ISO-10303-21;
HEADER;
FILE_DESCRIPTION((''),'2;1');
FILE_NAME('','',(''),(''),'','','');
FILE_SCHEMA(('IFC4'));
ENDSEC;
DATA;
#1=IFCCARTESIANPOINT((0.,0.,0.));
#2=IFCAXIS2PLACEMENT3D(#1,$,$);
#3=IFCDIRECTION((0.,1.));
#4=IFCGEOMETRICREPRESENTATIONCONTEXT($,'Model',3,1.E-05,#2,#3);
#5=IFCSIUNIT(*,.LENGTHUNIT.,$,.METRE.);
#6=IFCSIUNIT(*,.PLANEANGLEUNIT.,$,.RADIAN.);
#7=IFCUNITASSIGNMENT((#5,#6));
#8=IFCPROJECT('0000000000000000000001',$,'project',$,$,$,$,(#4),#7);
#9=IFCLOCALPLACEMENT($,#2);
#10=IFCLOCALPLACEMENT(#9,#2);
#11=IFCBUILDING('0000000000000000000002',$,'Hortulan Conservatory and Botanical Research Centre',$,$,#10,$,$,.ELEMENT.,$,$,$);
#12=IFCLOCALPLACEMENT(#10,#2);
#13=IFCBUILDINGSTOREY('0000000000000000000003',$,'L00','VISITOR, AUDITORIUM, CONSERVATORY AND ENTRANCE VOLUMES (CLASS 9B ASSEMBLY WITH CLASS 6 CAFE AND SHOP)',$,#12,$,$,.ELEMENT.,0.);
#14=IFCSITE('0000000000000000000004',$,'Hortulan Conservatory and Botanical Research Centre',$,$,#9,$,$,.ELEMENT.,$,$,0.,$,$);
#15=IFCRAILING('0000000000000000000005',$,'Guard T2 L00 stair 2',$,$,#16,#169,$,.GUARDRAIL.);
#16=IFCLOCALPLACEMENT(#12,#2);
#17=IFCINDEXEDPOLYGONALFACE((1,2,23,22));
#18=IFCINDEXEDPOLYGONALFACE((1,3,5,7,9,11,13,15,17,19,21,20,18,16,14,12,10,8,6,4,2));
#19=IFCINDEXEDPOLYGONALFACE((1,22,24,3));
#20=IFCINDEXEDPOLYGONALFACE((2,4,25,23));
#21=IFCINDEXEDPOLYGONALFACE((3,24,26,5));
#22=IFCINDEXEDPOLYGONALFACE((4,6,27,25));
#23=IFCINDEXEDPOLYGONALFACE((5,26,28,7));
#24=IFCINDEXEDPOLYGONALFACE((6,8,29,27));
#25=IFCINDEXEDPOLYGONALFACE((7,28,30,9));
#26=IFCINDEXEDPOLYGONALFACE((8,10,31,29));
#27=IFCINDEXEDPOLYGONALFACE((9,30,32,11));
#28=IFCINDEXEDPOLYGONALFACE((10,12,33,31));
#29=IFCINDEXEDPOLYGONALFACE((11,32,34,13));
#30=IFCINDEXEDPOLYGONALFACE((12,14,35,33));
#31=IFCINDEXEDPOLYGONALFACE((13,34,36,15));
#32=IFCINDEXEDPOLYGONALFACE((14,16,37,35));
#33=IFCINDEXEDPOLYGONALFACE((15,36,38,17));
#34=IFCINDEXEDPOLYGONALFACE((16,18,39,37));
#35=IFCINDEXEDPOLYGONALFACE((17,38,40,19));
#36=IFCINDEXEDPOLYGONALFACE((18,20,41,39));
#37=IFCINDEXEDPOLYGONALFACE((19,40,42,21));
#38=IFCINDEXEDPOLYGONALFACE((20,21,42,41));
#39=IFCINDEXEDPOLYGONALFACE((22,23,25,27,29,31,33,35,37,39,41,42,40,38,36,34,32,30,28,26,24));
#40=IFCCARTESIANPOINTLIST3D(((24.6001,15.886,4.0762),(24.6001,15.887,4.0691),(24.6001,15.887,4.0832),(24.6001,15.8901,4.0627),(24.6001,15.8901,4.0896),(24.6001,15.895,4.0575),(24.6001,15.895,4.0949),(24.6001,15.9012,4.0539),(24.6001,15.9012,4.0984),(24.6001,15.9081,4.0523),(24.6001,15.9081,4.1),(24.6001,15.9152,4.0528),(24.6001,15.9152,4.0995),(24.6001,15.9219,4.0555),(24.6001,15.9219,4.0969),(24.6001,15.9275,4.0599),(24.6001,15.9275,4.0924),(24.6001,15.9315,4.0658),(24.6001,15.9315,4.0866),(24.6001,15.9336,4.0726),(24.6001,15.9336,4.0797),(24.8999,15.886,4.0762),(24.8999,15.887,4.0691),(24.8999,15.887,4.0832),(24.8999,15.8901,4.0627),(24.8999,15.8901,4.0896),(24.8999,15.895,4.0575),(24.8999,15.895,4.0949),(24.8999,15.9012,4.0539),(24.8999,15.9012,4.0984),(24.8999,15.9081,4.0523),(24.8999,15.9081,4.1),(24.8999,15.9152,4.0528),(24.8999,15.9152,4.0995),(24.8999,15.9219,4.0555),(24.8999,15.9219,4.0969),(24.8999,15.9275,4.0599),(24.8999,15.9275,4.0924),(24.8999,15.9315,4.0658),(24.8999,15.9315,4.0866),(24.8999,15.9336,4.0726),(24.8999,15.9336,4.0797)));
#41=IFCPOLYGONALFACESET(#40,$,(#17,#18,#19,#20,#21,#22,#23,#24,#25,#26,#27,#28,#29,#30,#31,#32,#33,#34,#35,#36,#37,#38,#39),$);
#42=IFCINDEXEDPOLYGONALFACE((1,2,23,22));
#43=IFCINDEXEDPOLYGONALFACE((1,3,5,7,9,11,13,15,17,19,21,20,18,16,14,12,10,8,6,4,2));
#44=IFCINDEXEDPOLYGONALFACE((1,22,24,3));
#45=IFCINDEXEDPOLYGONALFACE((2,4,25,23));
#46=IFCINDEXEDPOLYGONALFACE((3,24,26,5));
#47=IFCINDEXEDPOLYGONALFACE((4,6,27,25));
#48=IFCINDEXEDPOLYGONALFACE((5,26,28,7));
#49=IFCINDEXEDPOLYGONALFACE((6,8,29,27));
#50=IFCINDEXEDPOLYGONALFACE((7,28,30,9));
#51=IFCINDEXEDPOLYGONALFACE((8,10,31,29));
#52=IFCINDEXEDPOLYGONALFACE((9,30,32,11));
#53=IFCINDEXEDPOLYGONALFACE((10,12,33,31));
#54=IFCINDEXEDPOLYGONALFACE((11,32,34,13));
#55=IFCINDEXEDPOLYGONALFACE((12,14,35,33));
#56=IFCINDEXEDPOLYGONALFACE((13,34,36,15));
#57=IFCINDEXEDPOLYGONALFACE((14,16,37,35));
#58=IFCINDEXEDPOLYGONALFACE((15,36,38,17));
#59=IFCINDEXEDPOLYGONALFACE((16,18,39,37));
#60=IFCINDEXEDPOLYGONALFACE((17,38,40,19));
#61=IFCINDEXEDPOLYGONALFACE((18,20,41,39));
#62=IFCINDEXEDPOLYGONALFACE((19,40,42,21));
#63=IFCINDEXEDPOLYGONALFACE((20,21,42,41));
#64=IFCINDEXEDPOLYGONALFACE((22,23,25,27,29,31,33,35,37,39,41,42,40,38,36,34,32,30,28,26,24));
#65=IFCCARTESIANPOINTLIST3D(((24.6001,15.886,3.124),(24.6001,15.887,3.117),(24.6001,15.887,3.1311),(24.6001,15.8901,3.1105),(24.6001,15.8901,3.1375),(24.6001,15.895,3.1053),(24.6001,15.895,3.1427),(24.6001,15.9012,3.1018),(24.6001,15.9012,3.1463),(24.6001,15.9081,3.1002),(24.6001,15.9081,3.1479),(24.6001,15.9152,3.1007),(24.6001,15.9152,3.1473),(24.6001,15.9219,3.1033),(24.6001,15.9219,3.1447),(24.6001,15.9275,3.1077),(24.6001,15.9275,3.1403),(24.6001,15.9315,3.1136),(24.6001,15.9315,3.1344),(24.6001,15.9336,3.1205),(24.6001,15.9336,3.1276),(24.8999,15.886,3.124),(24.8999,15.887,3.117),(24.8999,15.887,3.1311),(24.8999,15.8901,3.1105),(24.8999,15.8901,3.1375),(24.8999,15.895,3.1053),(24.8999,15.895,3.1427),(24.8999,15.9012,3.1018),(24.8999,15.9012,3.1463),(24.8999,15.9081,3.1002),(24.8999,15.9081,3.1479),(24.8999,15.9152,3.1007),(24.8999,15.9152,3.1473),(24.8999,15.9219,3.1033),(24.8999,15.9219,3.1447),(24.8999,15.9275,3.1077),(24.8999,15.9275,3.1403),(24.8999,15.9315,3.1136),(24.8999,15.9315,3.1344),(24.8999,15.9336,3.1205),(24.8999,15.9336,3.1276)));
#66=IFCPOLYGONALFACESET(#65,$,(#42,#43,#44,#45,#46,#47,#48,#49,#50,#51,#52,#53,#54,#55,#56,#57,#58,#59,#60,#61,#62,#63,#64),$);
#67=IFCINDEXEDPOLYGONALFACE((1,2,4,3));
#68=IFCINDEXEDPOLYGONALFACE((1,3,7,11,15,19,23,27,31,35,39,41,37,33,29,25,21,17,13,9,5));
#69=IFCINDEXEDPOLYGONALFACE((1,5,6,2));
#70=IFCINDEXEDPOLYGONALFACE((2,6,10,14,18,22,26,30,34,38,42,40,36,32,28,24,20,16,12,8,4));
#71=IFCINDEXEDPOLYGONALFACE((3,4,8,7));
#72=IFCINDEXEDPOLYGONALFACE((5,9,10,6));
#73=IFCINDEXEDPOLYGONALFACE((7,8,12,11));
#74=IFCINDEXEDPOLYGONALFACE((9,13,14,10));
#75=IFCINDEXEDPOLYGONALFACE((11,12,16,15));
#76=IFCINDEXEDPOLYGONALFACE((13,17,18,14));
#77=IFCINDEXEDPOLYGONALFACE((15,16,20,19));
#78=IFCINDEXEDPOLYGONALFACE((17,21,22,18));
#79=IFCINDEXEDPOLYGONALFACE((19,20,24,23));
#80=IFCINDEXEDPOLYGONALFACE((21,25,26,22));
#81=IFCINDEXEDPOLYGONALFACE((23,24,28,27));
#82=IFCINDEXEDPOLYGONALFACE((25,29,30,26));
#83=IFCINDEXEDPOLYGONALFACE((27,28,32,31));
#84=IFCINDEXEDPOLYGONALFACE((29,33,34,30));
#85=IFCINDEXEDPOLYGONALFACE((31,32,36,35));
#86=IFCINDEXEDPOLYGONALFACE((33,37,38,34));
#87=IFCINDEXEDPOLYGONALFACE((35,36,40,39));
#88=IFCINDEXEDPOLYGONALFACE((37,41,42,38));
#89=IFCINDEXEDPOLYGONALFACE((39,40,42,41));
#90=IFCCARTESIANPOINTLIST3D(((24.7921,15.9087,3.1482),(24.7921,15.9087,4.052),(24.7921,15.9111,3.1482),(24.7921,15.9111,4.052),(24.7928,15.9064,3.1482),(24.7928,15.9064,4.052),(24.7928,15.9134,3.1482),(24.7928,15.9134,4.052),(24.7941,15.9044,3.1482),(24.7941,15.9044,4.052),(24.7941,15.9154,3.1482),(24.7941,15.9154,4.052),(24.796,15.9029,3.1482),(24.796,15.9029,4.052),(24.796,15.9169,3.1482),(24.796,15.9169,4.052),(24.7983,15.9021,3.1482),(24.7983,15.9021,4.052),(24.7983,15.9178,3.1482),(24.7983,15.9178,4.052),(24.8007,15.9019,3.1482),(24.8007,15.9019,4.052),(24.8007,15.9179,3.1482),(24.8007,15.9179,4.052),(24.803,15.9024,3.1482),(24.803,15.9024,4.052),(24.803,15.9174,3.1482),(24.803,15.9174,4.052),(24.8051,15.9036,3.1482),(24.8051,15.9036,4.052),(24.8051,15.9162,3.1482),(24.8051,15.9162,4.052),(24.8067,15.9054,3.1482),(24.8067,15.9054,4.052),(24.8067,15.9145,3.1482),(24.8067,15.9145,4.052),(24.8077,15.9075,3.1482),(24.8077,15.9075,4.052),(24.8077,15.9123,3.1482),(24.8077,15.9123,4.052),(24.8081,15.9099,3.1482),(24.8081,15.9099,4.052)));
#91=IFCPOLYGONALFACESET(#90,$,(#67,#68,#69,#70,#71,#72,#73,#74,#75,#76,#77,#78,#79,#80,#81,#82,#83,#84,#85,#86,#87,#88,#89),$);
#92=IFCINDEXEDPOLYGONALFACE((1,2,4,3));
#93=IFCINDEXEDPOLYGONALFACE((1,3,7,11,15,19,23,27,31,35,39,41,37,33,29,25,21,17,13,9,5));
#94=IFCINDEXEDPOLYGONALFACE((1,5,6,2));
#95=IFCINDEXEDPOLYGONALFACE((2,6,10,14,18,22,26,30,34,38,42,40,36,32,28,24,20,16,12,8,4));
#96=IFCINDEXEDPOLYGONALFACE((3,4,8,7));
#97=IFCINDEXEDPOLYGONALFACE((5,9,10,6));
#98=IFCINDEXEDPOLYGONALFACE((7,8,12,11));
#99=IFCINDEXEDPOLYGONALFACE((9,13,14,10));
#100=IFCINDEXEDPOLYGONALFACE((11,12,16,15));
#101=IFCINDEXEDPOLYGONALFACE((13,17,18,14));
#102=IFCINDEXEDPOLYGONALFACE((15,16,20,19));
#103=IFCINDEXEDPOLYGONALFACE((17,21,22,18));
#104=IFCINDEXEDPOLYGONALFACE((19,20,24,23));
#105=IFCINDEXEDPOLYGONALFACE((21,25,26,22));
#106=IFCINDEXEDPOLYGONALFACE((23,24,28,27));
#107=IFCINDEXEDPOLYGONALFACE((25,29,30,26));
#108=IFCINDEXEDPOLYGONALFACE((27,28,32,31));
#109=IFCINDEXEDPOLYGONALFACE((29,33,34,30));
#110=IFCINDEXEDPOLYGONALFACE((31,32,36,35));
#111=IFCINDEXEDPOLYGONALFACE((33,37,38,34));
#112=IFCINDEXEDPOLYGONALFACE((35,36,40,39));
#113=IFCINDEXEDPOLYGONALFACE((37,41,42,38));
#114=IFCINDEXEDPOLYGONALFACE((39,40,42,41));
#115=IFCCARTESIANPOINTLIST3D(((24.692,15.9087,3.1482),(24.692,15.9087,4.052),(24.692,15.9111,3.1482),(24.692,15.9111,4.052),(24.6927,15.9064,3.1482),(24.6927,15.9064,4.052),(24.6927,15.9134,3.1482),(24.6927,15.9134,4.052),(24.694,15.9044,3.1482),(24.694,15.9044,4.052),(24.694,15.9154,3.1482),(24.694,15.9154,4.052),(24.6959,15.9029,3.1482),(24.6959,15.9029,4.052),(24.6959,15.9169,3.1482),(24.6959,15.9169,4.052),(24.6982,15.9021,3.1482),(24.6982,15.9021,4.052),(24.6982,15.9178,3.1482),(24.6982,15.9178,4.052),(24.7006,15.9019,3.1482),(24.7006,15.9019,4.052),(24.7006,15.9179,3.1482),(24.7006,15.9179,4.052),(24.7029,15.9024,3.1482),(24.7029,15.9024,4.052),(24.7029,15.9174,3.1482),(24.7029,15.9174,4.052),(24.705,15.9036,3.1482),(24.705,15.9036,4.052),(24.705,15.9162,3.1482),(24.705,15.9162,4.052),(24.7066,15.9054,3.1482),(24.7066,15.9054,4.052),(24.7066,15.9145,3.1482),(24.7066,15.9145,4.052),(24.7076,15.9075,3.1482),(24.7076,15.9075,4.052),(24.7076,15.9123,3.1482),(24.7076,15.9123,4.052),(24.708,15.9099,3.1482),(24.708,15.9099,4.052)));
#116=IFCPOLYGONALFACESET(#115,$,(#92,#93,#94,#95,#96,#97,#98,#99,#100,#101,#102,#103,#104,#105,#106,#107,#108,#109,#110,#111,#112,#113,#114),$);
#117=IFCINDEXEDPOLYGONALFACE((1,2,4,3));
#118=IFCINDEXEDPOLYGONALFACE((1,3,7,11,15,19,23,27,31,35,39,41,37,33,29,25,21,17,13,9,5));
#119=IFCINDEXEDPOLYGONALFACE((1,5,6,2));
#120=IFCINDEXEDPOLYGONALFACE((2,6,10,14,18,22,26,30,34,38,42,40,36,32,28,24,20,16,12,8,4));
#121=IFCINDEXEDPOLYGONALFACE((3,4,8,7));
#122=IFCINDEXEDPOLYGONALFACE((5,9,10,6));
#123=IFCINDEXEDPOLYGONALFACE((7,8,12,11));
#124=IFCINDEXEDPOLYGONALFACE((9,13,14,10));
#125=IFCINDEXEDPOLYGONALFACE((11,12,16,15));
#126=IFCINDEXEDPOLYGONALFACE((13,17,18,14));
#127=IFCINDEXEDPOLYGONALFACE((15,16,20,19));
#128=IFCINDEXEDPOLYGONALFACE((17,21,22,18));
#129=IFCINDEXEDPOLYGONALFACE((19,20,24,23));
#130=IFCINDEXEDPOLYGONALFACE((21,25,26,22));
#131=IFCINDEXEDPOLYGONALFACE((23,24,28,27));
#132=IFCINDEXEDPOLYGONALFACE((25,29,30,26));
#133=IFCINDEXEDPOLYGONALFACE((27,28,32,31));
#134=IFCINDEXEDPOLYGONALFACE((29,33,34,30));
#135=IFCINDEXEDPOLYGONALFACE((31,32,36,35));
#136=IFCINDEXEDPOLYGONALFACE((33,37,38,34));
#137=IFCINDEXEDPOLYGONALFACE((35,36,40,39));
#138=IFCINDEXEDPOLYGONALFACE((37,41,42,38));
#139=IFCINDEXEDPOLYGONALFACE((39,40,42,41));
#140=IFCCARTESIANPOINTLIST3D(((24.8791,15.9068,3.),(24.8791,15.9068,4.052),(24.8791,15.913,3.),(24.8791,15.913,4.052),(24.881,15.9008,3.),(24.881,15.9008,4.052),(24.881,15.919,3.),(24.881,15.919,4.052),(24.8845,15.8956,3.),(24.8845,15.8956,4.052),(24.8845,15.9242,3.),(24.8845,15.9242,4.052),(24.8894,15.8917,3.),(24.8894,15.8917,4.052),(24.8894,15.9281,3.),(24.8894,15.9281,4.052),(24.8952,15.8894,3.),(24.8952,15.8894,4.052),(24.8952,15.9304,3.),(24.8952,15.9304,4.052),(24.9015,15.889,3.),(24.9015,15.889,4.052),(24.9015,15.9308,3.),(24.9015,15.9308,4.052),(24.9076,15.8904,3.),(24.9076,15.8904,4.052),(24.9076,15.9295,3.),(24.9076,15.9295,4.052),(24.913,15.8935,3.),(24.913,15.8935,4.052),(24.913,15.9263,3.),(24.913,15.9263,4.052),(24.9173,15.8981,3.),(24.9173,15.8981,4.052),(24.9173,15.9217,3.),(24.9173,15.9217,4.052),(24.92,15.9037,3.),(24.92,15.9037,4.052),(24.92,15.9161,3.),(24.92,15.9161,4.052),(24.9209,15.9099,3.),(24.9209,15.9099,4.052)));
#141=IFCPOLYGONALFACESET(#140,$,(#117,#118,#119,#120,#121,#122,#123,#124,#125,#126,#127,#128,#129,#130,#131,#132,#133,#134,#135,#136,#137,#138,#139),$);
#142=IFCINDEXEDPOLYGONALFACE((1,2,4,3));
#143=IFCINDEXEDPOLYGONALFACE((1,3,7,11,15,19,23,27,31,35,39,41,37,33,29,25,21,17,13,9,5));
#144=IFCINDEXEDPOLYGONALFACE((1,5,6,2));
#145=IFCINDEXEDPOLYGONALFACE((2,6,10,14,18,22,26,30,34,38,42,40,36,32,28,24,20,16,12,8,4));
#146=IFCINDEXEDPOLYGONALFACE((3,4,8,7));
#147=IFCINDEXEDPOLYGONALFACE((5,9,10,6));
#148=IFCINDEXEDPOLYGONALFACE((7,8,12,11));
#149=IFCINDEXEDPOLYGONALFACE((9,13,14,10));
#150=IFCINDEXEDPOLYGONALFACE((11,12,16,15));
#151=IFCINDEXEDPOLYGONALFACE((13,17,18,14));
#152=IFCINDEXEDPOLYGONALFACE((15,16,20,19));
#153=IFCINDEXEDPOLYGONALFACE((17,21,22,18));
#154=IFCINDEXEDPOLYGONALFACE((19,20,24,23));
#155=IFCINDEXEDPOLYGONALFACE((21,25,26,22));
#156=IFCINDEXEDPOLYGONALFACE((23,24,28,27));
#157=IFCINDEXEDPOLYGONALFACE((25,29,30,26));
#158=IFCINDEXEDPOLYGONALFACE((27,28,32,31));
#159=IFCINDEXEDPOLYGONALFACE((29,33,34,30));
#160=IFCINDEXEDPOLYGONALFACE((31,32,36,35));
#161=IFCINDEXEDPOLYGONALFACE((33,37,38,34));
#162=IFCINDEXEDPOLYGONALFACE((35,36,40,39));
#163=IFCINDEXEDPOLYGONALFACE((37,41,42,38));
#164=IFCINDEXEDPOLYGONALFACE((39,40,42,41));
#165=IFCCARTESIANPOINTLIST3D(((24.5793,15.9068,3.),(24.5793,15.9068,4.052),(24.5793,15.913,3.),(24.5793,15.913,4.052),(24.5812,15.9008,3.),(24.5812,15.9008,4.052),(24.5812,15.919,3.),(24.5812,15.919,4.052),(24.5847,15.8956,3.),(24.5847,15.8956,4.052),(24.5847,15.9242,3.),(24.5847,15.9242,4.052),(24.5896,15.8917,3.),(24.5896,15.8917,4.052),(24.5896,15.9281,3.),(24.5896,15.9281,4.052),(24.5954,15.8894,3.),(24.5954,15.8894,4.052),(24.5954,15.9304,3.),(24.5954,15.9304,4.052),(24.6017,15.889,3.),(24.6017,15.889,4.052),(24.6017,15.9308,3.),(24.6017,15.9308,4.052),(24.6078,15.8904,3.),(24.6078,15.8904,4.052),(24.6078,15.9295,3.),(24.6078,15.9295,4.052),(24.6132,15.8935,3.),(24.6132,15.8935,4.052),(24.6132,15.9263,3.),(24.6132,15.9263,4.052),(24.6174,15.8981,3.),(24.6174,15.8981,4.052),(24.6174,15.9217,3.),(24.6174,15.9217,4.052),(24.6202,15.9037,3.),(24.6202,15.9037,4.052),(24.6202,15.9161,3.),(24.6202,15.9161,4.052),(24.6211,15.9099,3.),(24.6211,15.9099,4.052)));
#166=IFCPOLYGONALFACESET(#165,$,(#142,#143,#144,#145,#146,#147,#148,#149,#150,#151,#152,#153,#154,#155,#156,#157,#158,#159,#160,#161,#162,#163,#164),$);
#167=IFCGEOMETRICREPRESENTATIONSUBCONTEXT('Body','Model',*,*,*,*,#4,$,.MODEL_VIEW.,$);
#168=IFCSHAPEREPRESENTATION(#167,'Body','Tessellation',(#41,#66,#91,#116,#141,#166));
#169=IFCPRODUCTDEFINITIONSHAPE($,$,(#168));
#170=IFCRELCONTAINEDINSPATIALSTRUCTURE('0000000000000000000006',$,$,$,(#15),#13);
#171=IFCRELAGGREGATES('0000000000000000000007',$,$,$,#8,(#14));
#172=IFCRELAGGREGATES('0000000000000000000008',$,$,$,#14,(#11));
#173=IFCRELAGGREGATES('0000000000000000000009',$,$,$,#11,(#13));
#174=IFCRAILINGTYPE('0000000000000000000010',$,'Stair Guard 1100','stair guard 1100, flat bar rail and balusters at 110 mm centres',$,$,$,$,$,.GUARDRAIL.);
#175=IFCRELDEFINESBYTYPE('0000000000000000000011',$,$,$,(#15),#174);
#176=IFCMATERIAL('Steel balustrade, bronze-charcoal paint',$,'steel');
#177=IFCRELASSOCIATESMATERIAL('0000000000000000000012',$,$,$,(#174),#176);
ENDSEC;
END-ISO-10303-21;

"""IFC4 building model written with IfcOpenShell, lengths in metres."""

from ifc_helpers import new_model, si_unit, direction, frame, origin, origin_2d, place, context, subcontext, project, spatial, circle, extrude, material, type_object, element, save


model = new_model("IFC4")

# Units and contexts
model_context = context("Model", 3, precision=1e-05, world=origin(), true_north=direction((0.0, 1.0)))
body_context = subcontext(model_context, "Body", "Model", "MODEL_VIEW")
ifc_project = project(units=[si_unit("LENGTHUNIT", "METRE"), si_unit("PLANEANGLEUNIT", "RADIAN")], contexts=[model_context])

# Site, building, storey
site_placement = place(None, origin())
site = spatial("IfcSite", under=ifc_project, at=site_placement, Name="Hortulan Conservatory and Botanical Research Centre", CompositionType="ELEMENT", RefElevation=0.0)
building_placement = place(site_placement, origin())
building = spatial("IfcBuilding", under=site, at=building_placement, Name="Hortulan Conservatory and Botanical Research Centre", CompositionType="ELEMENT")
storey_placement = place(building_placement, origin())
storey = spatial("IfcBuildingStorey", under=building, at=storey_placement, Name="L00", Description="VISITOR, AUDITORIUM, CONSERVATORY AND ENTRANCE VOLUMES (CLASS 9B ASSEMBLY WITH CLASS 6 CAFE AND SHOP)", CompositionType="ELEMENT", Elevation=0.0)

# Railing
ifc_material_1 = material(Name="Steel balustrade, bronze-charcoal paint", Category="steel")
railing_type_1 = type_object("IfcRailingType", Name="Stair Guard 1100", Description="stair guard 1100, flat bar rail and balusters at 110 mm centres", PredefinedType="GUARDRAIL", material=ifc_material_1)
railing_1_placement = place(storey_placement, frame((24.8999, 15.9099, 3.0)))
element("IfcRailing", 1, at=railing_1_placement, inside=storey, type_object=railing_type_1, Name="Guard T2 L00 stair 2", PredefinedType="GUARDRAIL", context=body_context, shape_type="SweptSolid", body=[
    extrude(circle(Radius=0.0239, at=origin_2d()), frame((0.0, 0.0, 1.0762), z_axis=(-1.0, 0.0, 0.0), x_axis=(0.0, -1.0, 0.0)), (0.0, 0.0, 1.0), 0.2998),
    extrude(circle(Radius=0.0239, at=origin_2d()), frame((0.0, 0.0, 0.124), z_axis=(-1.0, 0.0, 0.0), x_axis=(0.0, -1.0, 0.0)), (0.0, 0.0, 1.0), 0.2998),
    extrude(circle(Radius=0.0081, at=origin_2d()), frame((-0.0999, 0.0, 0.1482)), (0.0, 0.0, 1.0), 0.9038),
    extrude(circle(Radius=0.0081, at=origin_2d()), frame((-0.2, 0.0, 0.1482)), (0.0, 0.0, 1.0), 0.9038),
    extrude(circle(Radius=0.021, at=origin_2d()), origin(), (0.0, 0.0, 1.0), 1.052),
    extrude(circle(Radius=0.021, at=origin_2d()), frame((-0.2998, 0.0, 0.0)), (0.0, 0.0, 1.0), 1.052),
])

save(model, "model.ifc")
